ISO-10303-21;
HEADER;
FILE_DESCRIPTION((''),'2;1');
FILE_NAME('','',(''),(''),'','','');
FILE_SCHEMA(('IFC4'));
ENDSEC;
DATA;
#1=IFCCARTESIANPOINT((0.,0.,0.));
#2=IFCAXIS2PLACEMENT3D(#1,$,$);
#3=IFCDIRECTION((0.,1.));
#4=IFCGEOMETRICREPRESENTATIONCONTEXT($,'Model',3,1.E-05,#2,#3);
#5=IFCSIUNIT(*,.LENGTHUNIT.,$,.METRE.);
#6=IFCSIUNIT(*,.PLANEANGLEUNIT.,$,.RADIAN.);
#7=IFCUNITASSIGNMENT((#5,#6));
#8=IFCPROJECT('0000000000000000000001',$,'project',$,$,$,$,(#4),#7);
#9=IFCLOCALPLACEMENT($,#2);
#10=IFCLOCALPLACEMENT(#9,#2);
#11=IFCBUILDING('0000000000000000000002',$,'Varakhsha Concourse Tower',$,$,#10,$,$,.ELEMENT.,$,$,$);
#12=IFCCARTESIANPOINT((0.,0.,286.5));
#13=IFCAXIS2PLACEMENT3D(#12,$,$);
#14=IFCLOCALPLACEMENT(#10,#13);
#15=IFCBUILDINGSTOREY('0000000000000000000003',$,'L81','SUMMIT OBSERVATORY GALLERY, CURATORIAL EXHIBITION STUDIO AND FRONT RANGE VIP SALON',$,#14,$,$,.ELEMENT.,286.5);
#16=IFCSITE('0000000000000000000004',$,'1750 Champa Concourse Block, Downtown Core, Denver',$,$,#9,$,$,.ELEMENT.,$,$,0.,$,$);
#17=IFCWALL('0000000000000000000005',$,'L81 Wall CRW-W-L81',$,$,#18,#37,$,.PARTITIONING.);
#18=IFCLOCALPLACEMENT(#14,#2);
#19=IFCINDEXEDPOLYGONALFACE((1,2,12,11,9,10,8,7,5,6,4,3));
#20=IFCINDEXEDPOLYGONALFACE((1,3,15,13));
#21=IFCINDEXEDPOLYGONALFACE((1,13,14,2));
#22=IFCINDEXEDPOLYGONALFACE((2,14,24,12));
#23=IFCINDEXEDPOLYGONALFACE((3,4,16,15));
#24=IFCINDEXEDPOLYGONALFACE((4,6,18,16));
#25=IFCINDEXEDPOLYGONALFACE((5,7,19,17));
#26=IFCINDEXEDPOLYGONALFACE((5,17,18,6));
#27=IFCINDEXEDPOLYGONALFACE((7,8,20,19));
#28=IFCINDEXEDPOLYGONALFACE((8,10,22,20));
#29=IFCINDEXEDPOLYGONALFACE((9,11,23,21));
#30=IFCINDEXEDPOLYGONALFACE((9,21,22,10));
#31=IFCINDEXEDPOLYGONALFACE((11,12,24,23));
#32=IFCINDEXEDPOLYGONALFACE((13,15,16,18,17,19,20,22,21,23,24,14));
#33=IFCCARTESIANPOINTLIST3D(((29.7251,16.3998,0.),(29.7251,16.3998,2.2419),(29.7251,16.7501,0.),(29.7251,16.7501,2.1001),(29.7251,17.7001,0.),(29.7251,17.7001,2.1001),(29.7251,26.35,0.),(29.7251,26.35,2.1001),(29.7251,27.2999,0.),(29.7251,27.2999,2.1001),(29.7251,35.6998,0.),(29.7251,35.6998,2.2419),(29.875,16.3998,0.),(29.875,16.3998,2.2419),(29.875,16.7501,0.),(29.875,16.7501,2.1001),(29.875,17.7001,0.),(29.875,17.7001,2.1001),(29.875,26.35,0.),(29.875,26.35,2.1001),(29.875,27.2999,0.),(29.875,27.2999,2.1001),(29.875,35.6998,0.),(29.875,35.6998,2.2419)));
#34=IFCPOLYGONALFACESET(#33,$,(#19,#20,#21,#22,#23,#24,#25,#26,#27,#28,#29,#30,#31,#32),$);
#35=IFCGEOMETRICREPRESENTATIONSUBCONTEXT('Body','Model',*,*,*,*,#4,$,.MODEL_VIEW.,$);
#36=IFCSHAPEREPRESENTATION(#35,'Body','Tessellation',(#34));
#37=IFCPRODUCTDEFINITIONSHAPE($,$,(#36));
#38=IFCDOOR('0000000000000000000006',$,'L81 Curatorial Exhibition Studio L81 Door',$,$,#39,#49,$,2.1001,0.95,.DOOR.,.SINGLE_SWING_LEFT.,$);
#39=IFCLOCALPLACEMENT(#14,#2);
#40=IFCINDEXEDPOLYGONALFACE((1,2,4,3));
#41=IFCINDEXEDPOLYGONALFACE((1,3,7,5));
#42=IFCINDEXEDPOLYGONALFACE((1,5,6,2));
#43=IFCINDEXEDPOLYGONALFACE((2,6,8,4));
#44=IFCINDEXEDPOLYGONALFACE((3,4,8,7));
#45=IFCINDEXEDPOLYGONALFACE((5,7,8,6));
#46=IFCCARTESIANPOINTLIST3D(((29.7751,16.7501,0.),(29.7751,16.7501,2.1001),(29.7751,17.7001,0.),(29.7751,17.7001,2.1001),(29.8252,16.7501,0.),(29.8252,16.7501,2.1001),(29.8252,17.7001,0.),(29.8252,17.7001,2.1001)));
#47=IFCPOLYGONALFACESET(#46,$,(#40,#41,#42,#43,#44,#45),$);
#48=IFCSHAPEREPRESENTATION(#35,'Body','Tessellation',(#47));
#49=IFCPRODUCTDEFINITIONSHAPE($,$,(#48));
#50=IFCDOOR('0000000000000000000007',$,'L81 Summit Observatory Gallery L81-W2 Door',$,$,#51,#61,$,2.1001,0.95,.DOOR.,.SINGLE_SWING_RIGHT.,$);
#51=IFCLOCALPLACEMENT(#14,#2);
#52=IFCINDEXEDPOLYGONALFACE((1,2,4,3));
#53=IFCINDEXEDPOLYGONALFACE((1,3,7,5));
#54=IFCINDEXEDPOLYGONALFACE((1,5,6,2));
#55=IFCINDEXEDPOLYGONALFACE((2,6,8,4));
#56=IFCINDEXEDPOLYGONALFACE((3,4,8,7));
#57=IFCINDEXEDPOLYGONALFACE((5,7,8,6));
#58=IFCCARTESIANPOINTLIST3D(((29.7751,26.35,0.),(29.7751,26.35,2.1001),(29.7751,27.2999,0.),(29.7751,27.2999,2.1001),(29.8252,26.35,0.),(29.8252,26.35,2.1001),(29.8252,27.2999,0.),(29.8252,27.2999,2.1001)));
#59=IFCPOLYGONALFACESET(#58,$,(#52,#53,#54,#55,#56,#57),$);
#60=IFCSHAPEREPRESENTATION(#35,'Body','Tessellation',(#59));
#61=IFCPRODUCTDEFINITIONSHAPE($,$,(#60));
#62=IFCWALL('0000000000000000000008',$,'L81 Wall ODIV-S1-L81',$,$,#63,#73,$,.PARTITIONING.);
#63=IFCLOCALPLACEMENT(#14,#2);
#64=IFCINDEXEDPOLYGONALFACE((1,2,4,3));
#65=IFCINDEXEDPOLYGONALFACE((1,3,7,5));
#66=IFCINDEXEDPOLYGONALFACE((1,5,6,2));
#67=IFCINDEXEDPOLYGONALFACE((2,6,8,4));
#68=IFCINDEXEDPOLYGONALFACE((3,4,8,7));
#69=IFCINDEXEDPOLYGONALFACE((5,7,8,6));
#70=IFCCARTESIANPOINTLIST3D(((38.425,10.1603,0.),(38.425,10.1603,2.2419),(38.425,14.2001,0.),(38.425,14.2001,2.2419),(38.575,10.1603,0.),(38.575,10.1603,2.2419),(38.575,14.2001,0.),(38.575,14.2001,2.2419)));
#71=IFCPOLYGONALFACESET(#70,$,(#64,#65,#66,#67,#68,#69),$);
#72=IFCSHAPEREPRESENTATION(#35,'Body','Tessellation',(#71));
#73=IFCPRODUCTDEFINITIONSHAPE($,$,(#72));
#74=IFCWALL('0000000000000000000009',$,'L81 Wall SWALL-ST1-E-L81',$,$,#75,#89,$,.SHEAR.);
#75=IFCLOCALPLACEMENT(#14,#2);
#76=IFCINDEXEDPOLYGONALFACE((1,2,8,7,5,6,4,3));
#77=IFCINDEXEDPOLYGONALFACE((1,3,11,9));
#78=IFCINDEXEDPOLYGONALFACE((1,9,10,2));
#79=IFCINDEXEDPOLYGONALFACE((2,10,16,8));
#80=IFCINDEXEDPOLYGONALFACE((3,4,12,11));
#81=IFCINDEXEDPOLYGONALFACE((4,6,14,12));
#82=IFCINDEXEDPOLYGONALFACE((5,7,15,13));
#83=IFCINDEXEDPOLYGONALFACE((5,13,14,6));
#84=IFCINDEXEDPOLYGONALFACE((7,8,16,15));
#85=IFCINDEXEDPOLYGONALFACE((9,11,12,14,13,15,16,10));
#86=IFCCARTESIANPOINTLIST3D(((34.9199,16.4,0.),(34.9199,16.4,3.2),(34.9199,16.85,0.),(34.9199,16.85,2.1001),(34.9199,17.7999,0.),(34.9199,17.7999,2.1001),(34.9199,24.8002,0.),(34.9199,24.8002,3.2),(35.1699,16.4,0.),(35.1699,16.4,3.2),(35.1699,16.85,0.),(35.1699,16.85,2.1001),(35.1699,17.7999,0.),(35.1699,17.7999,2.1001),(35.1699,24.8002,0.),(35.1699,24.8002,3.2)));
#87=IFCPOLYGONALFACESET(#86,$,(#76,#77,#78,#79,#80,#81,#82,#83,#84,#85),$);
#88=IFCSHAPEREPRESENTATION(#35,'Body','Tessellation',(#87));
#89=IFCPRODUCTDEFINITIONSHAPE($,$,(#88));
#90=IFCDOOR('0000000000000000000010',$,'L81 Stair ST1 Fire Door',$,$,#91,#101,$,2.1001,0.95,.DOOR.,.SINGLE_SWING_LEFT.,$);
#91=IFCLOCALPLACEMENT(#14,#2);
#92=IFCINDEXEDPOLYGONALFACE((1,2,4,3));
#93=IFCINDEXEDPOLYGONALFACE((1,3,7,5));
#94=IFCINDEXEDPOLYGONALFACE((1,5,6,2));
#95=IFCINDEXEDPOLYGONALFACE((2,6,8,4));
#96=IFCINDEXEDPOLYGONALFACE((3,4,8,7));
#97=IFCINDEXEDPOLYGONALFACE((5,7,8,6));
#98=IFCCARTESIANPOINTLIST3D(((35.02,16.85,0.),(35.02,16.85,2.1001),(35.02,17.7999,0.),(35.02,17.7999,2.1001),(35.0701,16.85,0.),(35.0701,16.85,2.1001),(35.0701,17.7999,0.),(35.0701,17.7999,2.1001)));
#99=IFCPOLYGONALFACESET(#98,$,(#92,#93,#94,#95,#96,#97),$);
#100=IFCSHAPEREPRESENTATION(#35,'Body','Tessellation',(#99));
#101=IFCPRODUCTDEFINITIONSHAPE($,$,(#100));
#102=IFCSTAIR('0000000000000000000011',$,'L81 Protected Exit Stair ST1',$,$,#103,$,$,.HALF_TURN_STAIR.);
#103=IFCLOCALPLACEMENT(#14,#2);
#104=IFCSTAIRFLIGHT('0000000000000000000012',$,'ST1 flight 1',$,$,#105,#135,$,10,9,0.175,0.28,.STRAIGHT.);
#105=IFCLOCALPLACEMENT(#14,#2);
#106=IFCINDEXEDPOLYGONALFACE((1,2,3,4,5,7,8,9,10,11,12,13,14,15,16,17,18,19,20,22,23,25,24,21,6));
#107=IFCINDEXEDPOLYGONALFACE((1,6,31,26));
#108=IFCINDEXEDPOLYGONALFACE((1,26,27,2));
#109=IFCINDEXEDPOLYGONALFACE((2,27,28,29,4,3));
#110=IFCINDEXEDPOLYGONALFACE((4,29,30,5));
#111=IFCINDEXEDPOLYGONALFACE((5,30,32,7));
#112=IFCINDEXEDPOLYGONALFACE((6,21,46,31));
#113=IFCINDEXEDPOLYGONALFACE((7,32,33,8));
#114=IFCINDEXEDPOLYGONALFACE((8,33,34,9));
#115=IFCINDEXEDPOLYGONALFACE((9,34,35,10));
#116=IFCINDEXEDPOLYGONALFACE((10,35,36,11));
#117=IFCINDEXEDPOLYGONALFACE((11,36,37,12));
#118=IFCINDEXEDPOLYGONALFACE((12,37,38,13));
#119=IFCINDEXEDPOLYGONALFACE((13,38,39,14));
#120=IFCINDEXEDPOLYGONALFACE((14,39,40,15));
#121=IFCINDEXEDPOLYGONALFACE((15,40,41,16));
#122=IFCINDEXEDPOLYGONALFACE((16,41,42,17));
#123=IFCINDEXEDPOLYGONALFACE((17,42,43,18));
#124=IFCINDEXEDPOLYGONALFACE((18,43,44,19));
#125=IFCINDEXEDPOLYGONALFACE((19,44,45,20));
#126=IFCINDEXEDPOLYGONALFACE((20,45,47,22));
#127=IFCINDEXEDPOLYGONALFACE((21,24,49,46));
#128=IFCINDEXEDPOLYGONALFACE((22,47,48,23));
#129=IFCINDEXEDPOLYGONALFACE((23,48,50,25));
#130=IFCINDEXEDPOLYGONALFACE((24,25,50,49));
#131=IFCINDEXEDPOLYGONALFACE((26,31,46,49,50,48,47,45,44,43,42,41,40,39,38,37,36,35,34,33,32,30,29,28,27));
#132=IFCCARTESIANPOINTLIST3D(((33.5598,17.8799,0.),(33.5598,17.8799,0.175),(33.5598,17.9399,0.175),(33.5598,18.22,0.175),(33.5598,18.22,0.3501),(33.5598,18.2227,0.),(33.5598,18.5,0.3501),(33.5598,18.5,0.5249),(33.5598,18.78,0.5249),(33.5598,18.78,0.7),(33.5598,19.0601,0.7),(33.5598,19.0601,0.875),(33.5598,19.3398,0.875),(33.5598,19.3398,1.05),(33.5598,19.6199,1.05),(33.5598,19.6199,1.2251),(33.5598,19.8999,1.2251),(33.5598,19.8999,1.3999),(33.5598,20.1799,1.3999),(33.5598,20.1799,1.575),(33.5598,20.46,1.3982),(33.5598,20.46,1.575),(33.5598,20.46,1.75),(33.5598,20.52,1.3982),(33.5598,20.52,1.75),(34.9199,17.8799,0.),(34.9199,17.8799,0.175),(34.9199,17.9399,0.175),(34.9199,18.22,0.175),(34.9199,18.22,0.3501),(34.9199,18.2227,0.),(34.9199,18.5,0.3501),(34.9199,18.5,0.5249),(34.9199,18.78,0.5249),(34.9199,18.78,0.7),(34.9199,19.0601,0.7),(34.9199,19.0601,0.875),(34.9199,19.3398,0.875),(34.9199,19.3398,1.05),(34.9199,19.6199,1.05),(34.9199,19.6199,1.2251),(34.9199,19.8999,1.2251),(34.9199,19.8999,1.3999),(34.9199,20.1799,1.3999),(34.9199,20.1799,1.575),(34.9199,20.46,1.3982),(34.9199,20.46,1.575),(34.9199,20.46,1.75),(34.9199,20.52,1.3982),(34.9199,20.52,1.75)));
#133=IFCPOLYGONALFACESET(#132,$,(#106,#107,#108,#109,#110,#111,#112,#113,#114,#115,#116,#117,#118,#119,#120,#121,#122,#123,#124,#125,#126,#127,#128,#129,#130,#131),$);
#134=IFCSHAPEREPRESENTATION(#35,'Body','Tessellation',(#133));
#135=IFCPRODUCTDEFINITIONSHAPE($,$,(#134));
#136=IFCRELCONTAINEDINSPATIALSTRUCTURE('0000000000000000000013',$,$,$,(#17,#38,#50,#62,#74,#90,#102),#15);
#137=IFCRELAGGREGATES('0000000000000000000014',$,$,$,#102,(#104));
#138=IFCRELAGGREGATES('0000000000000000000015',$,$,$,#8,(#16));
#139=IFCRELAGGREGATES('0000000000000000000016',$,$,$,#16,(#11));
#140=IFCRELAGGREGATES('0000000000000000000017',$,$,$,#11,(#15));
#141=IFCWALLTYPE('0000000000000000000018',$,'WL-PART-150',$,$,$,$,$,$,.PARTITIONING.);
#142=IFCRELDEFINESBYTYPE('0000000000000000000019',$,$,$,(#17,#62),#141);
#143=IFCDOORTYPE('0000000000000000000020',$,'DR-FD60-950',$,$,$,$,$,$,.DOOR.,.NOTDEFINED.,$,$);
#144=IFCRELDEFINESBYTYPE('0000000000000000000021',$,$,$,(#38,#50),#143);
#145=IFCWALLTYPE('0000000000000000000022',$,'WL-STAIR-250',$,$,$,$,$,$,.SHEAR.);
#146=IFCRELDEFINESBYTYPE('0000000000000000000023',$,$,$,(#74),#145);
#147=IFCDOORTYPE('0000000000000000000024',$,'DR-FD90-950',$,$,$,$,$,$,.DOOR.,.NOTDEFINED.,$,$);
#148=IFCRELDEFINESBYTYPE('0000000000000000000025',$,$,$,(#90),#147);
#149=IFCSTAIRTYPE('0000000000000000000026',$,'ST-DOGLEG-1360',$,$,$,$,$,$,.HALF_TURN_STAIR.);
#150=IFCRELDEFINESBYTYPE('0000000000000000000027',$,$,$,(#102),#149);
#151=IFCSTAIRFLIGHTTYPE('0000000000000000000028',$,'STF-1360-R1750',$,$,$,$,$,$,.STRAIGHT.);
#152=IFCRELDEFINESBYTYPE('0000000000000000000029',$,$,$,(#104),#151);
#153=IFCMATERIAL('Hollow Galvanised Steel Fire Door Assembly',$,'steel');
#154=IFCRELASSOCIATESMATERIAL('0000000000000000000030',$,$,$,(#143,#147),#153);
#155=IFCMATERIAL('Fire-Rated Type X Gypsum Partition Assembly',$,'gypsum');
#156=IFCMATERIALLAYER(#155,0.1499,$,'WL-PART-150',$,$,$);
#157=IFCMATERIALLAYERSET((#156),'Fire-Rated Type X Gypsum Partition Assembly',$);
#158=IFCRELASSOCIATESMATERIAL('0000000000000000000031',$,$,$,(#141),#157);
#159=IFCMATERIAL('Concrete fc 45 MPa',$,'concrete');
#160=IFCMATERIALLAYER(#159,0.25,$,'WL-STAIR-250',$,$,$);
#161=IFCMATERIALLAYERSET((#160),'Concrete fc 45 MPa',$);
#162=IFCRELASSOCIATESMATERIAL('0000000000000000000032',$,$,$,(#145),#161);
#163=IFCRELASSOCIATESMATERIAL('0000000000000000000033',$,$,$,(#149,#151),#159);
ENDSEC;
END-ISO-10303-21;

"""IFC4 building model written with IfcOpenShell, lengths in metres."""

from ifc_helpers import new_model, si_unit, direction, frame, frame_2d, origin, place, context, subcontext, project, spatial, polyline, rectangle, outline, extrude, material, layer, layer_set, type_object, element, fill, aggregate, save


model = new_model("IFC4")

# Units and contexts
model_context = context("Model", 3, precision=1e-05, world=origin(), true_north=direction((0.0, 1.0)))
body_context = subcontext(model_context, "Body", "Model", "MODEL_VIEW")
ifc_project = project(units=[si_unit("LENGTHUNIT", "METRE"), si_unit("PLANEANGLEUNIT", "RADIAN")], contexts=[model_context])

# Site, building, storey
site_placement = place(None, origin())
site = spatial("IfcSite", under=ifc_project, at=site_placement, Name="1750 Champa Concourse Block, Downtown Core, Denver", CompositionType="ELEMENT", RefElevation=0.0)
building_placement = place(site_placement, origin())
building = spatial("IfcBuilding", under=site, at=building_placement, Name="Varakhsha Concourse Tower", CompositionType="ELEMENT")
storey_placement = place(building_placement, frame((0.0, 0.0, 286.5)))
storey = spatial("IfcBuildingStorey", under=building, at=storey_placement, Name="L81", Description="SUMMIT OBSERVATORY GALLERY, CURATORIAL EXHIBITION STUDIO AND FRONT RANGE VIP SALON", CompositionType="ELEMENT", Elevation=286.5)

# Shared definitions
ifc_material_1 = material(Name="Hollow Galvanised Steel Fire Door Assembly", Category="steel")
door_type_1 = type_object("IfcDoorType", Name="DR-FD60-950", OperationType="NOTDEFINED", PredefinedType="DOOR", material=ifc_material_1)

# Shared definitions
ifc_material_2 = material(Name="Fire-Rated Type X Gypsum Partition Assembly", Category="gypsum")

# Wall, openings, doors
ifc_layer_1 = layer(ifc_material_2, 0.1499, Name="WL-PART-150")
ifc_layer_set_1 = layer_set([ifc_layer_1], Name="Fire-Rated Type X Gypsum Partition Assembly")
wall_type_1 = type_object("IfcWallType", Name="WL-PART-150", PredefinedType="PARTITIONING", material=ifc_layer_set_1)
wall_1_placement = place(storey_placement, frame((29.8, 16.3999, 0.0), z_axis=(0.0, 0.0, 1.0), x_axis=(0.0, 1.0, 0.0)))
wall_1 = element("IfcWall", 1, at=wall_1_placement, inside=storey, type_object=wall_type_1, Name="L81 Wall CRW-W-L81", PredefinedType="PARTITIONING", context=body_context, shape_type="SweptSolid", body=[
    extrude(rectangle(XDim=19.3, YDim=0.1499, at=frame_2d((9.6499, 0.0))), origin(), (0.0, 0.0, 1.0), 2.2419),
])
opening_1_placement = place(wall_1_placement, frame((0.3501, 0.0, 0.0)))
opening_1 = element("IfcOpeningElement", 2, at=opening_1_placement, cuts=wall_1, PredefinedType="OPENING", context=body_context, shape_type="SweptSolid", body=[
    extrude(rectangle(XDim=0.95, YDim=2.1001, at=frame_2d((0.4751, 1.05))), frame((0.0, 0.085, 0.0), z_axis=(0.0, -1.0, 0.0), x_axis=(1.0, 0.0, 0.0)), (0.0, 0.0, 1.0), 0.1699),
])
opening_2_placement = place(wall_1_placement, frame((9.95, 0.0, 0.0)))
opening_2 = element("IfcOpeningElement", 3, at=opening_2_placement, cuts=wall_1, PredefinedType="OPENING", context=body_context, shape_type="SweptSolid", body=[
    extrude(rectangle(XDim=0.95, YDim=2.1001, at=frame_2d((0.4751, 1.05))), frame((0.0, 0.085, 0.0), z_axis=(0.0, -1.0, 0.0), x_axis=(1.0, 0.0, 0.0)), (0.0, 0.0, 1.0), 0.1699),
])
door_1_placement = place(opening_1_placement, origin())
door_1 = element("IfcDoor", 4, at=door_1_placement, inside=storey, type_object=door_type_1, Name="L81 Curatorial Exhibition Studio L81 Door", OperationType="SINGLE_SWING_LEFT", OverallHeight=2.1001, OverallWidth=0.95, PredefinedType="DOOR", context=body_context, shape_type="SweptSolid", body=[
    extrude(rectangle(XDim=0.95, YDim=2.1001, at=frame_2d((0.4751, 1.05))), frame((0.0, 0.0249, 0.0), z_axis=(0.0, -1.0, 0.0), x_axis=(1.0, 0.0, 0.0)), (0.0, 0.0, 1.0), 0.05),
])
fill(opening_1, door_1)
door_2_placement = place(opening_2_placement, origin())
door_2 = element("IfcDoor", 5, at=door_2_placement, inside=storey, type_object=door_type_1, Name="L81 Summit Observatory Gallery L81-W2 Door", OperationType="SINGLE_SWING_RIGHT", OverallHeight=2.1001, OverallWidth=0.95, PredefinedType="DOOR", context=body_context, shape_type="SweptSolid", body=[
    extrude(rectangle(XDim=0.95, YDim=2.1001, at=frame_2d((0.4751, 1.05))), frame((0.0, 0.0249, 0.0), z_axis=(0.0, -1.0, 0.0), x_axis=(1.0, 0.0, 0.0)), (0.0, 0.0, 1.0), 0.05),
])
fill(opening_2, door_2)

# Wall
wall_2_placement = place(storey_placement, frame((38.5, 10.1602, 0.0), z_axis=(0.0, 0.0, 1.0), x_axis=(0.0, 1.0, 0.0)))
element("IfcWall", 6, at=wall_2_placement, inside=storey, type_object=wall_type_1, Name="L81 Wall ODIV-S1-L81", PredefinedType="PARTITIONING", context=body_context, shape_type="SweptSolid", body=[
    extrude(rectangle(XDim=4.0398, YDim=0.1499, at=frame_2d((2.02, 0.0))), origin(), (0.0, 0.0, 1.0), 2.2419),
])

# Wall, opening, door
ifc_material_3 = material(Name="Concrete fc 45 MPa", Category="concrete")
ifc_layer_2 = layer(ifc_material_3, 0.25, Name="WL-STAIR-250")
ifc_layer_set_2 = layer_set([ifc_layer_2], Name="Concrete fc 45 MPa")
wall_type_2 = type_object("IfcWallType", Name="WL-STAIR-250", PredefinedType="SHEAR", material=ifc_layer_set_2)
wall_3_placement = place(storey_placement, frame((35.0449, 16.3999, 0.0), z_axis=(0.0, 0.0, 1.0), x_axis=(0.0, 1.0, 0.0)))
wall_3 = element("IfcWall", 7, at=wall_3_placement, inside=storey, type_object=wall_type_2, Name="L81 Wall SWALL-ST1-E-L81", PredefinedType="SHEAR", context=body_context, shape_type="SweptSolid", body=[
    extrude(rectangle(XDim=8.4001, YDim=0.25, at=frame_2d((4.2002, 0.0))), origin(), (0.0, 0.0, 1.0), 3.2),
])
opening_3_placement = place(wall_3_placement, frame((0.45, 0.0, 0.0)))
opening_3 = element("IfcOpeningElement", 8, at=opening_3_placement, cuts=wall_3, PredefinedType="OPENING", context=body_context, shape_type="SweptSolid", body=[
    extrude(rectangle(XDim=0.95, YDim=2.1001, at=frame_2d((0.4751, 1.05))), frame((0.0, 0.135, 0.0), z_axis=(0.0, -1.0, 0.0), x_axis=(1.0, 0.0, 0.0)), (0.0, 0.0, 1.0), 0.27),
])
door_type_2 = type_object("IfcDoorType", Name="DR-FD90-950", OperationType="NOTDEFINED", PredefinedType="DOOR", material=ifc_material_1)
door_3_placement = place(opening_3_placement, origin())
door_3 = element("IfcDoor", 9, at=door_3_placement, inside=storey, type_object=door_type_2, Name="L81 Stair ST1 Fire Door", OperationType="SINGLE_SWING_LEFT", OverallHeight=2.1001, OverallWidth=0.95, PredefinedType="DOOR", context=body_context, shape_type="SweptSolid", body=[
    extrude(rectangle(XDim=0.95, YDim=2.1001, at=frame_2d((0.4751, 1.05))), frame((0.0, 0.0249, 0.0), z_axis=(0.0, -1.0, 0.0), x_axis=(1.0, 0.0, 0.0)), (0.0, 0.0, 1.0), 0.05),
])
fill(opening_3, door_3)

# Stair, stair flight
stair_type = type_object("IfcStairType", Name="ST-DOGLEG-1360", PredefinedType="HALF_TURN_STAIR", material=ifc_material_3)
stair_placement = place(storey_placement, origin())
stair = element("IfcStair", 10, at=stair_placement, inside=storey, type_object=stair_type, Name="L81 Protected Exit Stair ST1", PredefinedType="HALF_TURN_STAIR")
stair_flight_type = type_object("IfcStairFlightType", Name="STF-1360-R1750", PredefinedType="STRAIGHT", material=ifc_material_3)
stair_flight_placement = place(storey_placement, frame((34.24, 17.9399, 0.0), z_axis=(0.0, 0.0, 1.0), x_axis=(0.0, 1.0, 0.0)))
stair_flight = element("IfcStairFlight", 11, at=stair_flight_placement, type_object=stair_flight_type, Name="ST1 flight 1", NumberOfRisers=10, NumberOfTreads=9, PredefinedType="STRAIGHT", RiserHeight=0.175, TreadLength=0.28, context=body_context, shape_type="SweptSolid", body=[
    extrude(outline(polyline([(-0.0601, 0.0), (-0.0601, 0.175), (0.0, 0.175), (0.28, 0.175), (0.28, 0.3501), (0.5601, 0.3501), (0.5601, 0.5249), (0.8401, 0.5249), (0.8401, 0.7), (1.1201, 0.7), (1.1201, 0.875), (1.3999, 0.875), (1.3999, 1.05), (1.6799, 1.05), (1.6799, 1.2251), (1.96, 1.2251), (1.96, 1.3999), (2.24, 1.3999), (2.24, 1.575), (2.52, 1.575), (2.52, 1.75), (2.5801, 1.75), (2.5801, 1.3982), (2.52, 1.3982), (0.2827, 0.0), (-0.0601, 0.0)])), frame((0.0, 0.6802, 0.0), z_axis=(0.0, -1.0, 0.0), x_axis=(1.0, 0.0, 0.0)), (0.0, 0.0, 1.0), 1.3601),
])
aggregate(stair, [stair_flight])

save(model, "model.ifc")
